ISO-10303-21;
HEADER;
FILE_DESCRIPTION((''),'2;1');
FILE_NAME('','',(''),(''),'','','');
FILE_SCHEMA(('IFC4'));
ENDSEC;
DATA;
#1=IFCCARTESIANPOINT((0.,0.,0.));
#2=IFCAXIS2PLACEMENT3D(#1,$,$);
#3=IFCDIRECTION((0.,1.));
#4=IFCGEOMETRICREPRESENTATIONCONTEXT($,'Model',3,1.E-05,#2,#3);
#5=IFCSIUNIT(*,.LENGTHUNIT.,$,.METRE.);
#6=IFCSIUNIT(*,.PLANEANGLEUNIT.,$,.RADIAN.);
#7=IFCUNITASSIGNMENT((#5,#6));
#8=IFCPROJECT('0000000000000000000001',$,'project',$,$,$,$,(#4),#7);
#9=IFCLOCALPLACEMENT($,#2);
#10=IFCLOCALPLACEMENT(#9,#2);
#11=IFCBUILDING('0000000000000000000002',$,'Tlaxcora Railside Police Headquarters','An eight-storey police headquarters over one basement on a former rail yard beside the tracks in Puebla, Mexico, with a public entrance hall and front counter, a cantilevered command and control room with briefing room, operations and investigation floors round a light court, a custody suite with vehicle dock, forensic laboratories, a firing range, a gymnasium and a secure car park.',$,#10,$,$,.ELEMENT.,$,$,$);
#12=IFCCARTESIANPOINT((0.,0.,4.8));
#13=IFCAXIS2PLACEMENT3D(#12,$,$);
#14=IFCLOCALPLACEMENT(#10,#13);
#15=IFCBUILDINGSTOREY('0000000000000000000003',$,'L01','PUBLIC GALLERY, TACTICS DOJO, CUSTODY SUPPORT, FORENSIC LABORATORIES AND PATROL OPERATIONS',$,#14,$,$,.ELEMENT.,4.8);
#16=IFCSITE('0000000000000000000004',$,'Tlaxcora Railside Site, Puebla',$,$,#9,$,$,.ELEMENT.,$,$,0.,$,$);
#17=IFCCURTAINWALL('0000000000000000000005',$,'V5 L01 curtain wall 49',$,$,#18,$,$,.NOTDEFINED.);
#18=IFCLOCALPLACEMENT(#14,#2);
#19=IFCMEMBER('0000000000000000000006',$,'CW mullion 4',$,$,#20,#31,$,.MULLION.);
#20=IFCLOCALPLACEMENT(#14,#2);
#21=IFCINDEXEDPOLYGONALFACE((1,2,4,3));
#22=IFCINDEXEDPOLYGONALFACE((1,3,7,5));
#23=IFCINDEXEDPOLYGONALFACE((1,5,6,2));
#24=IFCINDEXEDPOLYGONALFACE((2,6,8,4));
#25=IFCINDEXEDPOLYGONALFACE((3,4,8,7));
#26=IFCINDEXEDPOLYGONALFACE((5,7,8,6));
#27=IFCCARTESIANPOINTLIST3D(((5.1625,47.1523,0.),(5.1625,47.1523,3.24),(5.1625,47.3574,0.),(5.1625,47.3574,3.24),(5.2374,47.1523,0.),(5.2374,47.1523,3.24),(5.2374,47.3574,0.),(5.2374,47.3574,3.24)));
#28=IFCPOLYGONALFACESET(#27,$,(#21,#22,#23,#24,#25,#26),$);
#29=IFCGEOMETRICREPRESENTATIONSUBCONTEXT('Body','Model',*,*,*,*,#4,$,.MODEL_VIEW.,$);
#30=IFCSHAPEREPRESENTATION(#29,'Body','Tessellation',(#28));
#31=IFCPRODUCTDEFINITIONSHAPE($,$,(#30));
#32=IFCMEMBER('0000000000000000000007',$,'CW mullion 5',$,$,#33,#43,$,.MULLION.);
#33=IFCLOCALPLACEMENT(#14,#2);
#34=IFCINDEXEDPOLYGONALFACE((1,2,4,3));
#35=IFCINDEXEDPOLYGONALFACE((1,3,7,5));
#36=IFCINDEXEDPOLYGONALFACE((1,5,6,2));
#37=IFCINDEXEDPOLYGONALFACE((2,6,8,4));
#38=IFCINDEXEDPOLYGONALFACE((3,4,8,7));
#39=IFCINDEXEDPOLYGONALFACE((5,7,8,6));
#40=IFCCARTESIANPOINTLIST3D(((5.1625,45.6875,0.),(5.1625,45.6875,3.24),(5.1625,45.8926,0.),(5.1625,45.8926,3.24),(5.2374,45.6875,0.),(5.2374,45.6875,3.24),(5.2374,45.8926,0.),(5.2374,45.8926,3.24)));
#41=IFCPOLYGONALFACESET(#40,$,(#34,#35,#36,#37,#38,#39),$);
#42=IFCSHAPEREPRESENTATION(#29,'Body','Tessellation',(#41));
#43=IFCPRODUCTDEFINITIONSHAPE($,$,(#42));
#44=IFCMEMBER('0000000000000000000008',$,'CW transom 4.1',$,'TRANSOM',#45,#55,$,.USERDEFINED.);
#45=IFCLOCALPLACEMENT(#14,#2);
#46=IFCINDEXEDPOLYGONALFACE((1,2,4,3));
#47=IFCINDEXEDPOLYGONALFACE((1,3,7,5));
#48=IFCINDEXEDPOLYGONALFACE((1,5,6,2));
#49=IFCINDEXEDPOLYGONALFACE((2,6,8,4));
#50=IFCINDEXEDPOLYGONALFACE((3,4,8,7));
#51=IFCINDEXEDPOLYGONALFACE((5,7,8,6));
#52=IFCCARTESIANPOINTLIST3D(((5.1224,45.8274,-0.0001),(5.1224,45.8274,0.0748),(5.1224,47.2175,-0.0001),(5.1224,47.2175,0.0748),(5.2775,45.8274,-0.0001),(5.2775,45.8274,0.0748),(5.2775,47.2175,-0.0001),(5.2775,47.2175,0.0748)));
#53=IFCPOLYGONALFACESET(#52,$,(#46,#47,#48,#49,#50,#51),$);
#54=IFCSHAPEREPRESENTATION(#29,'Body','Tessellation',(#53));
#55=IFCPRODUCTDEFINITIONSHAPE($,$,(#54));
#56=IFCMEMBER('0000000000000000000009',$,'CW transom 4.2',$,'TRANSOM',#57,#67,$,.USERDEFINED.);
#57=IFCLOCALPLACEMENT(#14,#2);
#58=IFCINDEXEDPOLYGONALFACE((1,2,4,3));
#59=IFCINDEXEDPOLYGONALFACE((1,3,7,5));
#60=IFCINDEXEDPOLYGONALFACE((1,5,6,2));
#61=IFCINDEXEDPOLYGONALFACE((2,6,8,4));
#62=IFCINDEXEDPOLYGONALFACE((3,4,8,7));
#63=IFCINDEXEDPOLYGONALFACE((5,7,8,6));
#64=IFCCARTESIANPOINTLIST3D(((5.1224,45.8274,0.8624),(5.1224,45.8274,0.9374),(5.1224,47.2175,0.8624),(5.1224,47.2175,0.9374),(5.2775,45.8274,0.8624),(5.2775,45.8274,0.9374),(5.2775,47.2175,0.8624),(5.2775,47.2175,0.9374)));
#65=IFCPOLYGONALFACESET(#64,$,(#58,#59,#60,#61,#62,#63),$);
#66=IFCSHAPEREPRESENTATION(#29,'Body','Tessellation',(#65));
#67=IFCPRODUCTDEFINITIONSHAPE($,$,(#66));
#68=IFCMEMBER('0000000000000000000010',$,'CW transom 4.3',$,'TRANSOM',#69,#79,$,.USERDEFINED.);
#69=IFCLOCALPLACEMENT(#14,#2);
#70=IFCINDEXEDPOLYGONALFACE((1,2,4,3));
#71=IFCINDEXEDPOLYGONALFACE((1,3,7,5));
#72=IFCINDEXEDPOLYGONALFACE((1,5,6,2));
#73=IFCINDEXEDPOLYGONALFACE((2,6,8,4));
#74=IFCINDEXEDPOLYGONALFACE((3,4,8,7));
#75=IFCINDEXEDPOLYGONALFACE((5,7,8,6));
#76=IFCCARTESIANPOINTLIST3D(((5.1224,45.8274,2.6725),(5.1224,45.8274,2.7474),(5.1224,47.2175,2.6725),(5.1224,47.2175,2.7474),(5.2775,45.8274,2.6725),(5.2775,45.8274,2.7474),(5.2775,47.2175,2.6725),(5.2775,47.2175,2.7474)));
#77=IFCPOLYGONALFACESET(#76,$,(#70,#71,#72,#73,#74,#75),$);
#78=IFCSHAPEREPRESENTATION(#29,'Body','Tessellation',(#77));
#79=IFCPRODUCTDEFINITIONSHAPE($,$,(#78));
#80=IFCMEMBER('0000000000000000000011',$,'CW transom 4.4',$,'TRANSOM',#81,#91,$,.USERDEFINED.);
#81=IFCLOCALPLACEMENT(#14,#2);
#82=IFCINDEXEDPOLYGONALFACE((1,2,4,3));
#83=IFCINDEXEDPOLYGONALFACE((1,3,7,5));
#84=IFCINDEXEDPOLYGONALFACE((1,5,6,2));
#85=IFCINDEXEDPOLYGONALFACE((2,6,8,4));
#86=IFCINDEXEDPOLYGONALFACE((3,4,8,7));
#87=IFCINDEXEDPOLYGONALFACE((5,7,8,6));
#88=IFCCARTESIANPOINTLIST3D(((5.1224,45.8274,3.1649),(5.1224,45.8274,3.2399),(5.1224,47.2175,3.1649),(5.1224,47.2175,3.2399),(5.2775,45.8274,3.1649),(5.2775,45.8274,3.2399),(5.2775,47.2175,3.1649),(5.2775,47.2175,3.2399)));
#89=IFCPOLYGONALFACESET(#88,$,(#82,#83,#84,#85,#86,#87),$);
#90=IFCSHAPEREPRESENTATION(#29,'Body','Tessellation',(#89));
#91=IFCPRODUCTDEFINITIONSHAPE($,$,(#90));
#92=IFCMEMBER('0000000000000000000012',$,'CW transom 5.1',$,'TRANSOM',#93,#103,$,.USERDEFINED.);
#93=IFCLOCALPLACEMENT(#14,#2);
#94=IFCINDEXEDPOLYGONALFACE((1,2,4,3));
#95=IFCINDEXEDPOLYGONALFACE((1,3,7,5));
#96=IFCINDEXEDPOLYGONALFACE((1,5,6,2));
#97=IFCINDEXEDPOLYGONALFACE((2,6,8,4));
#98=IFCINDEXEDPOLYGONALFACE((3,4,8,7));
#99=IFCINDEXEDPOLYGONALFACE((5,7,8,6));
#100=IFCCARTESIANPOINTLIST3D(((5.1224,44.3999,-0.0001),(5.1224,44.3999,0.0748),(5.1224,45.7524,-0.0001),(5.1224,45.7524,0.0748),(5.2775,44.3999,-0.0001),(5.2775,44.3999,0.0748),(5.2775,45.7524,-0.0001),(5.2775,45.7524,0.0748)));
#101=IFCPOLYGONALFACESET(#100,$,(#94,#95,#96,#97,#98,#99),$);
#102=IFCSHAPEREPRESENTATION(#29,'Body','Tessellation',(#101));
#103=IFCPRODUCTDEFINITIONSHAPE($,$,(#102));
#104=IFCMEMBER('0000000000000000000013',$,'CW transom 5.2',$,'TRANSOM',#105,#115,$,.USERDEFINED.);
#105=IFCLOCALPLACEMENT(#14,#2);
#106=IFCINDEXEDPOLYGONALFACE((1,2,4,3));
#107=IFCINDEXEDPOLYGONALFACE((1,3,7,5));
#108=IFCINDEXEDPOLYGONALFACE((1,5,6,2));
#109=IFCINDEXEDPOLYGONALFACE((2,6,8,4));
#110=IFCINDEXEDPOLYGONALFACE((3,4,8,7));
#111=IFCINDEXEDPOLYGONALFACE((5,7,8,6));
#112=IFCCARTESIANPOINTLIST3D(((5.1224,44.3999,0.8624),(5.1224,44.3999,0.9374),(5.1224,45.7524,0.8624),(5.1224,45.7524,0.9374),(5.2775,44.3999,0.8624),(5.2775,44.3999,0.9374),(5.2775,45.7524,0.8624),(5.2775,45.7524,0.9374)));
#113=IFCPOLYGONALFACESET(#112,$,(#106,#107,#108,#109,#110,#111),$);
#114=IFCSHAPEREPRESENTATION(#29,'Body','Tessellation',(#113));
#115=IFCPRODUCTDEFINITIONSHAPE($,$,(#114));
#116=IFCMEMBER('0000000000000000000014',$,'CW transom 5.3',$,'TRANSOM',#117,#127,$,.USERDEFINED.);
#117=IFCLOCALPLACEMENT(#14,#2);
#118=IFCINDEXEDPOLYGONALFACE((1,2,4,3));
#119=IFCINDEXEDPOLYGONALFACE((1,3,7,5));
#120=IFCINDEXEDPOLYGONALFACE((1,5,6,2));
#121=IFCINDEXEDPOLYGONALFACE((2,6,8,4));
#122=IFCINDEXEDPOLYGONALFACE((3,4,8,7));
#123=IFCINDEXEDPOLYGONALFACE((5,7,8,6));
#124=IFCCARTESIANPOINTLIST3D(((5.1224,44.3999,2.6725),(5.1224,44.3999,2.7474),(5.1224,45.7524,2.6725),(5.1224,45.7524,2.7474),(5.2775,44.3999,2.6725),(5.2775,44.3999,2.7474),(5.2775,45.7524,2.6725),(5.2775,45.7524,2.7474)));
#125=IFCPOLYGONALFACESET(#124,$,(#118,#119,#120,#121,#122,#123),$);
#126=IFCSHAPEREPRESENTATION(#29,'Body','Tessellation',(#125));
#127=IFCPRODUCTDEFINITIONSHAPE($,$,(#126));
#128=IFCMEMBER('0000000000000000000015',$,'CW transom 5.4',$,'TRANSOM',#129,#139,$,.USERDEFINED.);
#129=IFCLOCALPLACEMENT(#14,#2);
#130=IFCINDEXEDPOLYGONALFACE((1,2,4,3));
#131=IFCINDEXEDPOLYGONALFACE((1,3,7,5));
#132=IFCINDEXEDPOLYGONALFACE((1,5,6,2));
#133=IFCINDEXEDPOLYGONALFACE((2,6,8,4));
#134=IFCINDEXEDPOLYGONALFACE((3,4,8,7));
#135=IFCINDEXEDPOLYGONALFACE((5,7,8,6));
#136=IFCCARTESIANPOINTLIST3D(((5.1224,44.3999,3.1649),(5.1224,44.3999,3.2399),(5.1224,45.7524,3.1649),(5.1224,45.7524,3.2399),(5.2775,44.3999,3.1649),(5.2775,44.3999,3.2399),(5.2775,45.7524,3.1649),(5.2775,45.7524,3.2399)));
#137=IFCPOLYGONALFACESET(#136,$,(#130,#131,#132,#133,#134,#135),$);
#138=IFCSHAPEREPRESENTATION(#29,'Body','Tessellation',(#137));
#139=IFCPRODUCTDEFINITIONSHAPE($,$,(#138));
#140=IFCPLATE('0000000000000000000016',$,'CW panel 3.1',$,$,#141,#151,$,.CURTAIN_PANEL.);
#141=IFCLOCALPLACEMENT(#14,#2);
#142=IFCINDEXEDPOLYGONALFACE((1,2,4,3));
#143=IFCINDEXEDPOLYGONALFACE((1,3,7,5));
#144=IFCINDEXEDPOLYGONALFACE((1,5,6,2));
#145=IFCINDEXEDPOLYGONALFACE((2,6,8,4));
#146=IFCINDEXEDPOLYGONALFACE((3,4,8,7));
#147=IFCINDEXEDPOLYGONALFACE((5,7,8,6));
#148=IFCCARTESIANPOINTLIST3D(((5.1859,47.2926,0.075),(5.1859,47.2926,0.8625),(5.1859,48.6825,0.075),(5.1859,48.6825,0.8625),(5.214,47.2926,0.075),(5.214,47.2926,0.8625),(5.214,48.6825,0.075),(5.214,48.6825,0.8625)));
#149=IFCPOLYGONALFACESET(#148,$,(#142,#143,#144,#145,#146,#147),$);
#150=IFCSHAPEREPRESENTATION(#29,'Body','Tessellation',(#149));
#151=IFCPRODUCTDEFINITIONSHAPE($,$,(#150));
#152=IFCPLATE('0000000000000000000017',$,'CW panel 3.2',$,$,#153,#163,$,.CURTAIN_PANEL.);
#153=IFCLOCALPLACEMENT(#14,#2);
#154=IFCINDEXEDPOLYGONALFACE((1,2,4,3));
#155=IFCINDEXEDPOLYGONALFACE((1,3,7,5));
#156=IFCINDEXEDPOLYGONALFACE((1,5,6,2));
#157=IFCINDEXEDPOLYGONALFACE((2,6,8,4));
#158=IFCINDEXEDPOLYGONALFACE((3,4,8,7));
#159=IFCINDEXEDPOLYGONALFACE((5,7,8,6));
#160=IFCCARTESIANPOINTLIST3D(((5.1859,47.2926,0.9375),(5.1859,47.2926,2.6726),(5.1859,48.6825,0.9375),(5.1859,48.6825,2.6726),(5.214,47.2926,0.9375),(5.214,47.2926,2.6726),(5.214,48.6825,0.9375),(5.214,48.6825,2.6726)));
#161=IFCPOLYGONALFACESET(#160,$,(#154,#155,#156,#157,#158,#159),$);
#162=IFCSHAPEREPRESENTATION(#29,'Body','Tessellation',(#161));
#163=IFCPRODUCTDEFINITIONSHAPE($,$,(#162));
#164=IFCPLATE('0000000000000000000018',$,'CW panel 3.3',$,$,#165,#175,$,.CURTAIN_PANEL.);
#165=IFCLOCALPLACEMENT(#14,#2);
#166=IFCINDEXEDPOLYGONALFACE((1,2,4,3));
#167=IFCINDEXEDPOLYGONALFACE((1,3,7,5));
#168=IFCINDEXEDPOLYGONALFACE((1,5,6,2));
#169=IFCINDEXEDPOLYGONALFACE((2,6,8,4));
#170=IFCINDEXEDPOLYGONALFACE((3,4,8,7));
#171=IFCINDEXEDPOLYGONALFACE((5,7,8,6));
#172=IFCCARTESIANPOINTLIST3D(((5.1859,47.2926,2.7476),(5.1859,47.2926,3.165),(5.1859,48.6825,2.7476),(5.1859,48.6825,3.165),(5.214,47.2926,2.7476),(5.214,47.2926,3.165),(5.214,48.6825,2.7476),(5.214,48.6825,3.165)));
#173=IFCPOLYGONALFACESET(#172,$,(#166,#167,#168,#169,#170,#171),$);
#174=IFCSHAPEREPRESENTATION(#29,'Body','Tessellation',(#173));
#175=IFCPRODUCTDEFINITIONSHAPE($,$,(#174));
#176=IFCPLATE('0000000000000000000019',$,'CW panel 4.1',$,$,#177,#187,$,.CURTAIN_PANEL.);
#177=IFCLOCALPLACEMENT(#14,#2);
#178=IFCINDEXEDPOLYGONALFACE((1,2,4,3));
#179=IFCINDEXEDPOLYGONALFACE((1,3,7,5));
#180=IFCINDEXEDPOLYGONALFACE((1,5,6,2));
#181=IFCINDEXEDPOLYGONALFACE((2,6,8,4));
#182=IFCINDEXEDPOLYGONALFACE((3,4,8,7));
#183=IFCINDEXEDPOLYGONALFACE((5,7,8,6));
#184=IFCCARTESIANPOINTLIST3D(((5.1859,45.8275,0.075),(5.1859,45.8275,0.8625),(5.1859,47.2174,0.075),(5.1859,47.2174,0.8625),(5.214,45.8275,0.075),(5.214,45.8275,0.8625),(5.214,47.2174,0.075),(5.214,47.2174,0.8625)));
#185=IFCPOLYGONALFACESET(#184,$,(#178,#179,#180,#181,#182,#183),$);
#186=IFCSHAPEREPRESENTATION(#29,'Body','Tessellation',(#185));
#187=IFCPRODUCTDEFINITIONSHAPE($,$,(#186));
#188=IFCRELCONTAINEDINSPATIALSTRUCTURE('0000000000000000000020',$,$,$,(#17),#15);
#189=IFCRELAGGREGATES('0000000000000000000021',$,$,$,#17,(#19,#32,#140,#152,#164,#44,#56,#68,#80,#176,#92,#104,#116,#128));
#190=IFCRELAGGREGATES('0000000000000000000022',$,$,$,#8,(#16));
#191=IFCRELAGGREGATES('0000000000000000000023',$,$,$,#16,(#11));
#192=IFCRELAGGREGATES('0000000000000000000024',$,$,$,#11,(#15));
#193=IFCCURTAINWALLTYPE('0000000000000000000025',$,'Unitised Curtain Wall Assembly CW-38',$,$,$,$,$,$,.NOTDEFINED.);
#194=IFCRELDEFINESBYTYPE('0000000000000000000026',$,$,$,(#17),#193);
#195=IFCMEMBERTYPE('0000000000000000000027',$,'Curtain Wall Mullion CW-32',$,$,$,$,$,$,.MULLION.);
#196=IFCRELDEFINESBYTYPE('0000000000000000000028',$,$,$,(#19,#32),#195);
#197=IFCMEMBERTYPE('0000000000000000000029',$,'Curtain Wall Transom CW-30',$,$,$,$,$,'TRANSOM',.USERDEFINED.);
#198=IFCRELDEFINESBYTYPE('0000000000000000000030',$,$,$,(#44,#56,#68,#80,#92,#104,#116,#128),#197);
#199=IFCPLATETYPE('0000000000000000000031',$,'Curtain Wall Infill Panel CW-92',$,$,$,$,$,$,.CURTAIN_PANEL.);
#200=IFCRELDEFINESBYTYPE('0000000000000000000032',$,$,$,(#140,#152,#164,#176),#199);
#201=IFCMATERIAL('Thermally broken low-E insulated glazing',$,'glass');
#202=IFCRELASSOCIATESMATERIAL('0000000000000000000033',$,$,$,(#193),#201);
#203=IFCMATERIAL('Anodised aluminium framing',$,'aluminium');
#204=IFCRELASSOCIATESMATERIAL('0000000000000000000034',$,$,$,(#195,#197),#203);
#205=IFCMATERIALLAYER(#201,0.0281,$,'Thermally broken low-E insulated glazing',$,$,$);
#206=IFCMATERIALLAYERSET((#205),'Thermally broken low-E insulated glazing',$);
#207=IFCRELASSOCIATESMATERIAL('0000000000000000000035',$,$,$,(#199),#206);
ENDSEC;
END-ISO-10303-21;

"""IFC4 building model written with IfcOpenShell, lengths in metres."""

from ifc_helpers import new_model, si_unit, direction, frame, origin, origin_2d, place, context, subcontext, project, spatial, rectangle, extrude, material, layer, layer_set, material_profile, profile_set, type_object, element, aggregate, save


model = new_model("IFC4")

# Units and contexts
model_context = context("Model", 3, precision=1e-05, world=origin(), true_north=direction((0.0, 1.0)))
body_context = subcontext(model_context, "Body", "Model", "MODEL_VIEW")
ifc_project = project(units=[si_unit("LENGTHUNIT", "METRE"), si_unit("PLANEANGLEUNIT", "RADIAN")], contexts=[model_context])

# Site, building, storey
site_placement = place(None, origin())
site = spatial("IfcSite", under=ifc_project, at=site_placement, Name="Tlaxcora Railside Site, Puebla", CompositionType="ELEMENT", RefElevation=0.0)
building_placement = place(site_placement, origin())
building = spatial("IfcBuilding", under=site, at=building_placement, Name="Tlaxcora Railside Police Headquarters", Description="An eight-storey police headquarters over one basement on a former rail yard beside the tracks in Puebla, Mexico, with a public entrance hall and front counter, a cantilevered command and control room with briefing room, operations and investigation floors round a light court, a custody suite with vehicle dock, forensic laboratories, a firing range, a gymnasium and a secure car park.", CompositionType="ELEMENT")
storey_placement = place(building_placement, frame((0.0, 0.0, 4.8)))
storey = spatial("IfcBuildingStorey", under=building, at=storey_placement, Name="L01", Description="PUBLIC GALLERY, TACTICS DOJO, CUSTODY SUPPORT, FORENSIC LABORATORIES AND PATROL OPERATIONS", CompositionType="ELEMENT", Elevation=4.8)

# Curtain wall, members, plates
ifc_material_1 = material(Name="Thermally broken low-E insulated glazing", Category="glass")
curtain_wall_type = type_object("IfcCurtainWallType", Name="Unitised Curtain Wall Assembly CW-38", PredefinedType="NOTDEFINED", material=ifc_material_1)
curtain_wall_placement = place(storey_placement, origin())
curtain_wall = element("IfcCurtainWall", 1, at=curtain_wall_placement, inside=storey, type_object=curtain_wall_type, Name="V5 L01 curtain wall 49", PredefinedType="NOTDEFINED")
ifc_material_2 = material(Name="Anodised aluminium framing", Category="aluminium")
ifc_material_profile_1 = material_profile(ifc_material_2, rectangle(XDim=0.075, YDim=0.2051, at=origin_2d()), Name="AL75X205")
ifc_profile_set_1 = profile_set([ifc_material_profile_1], Name="Anodised aluminium framing")
member_type_1 = type_object("IfcMemberType", Name="Curtain Wall Mullion CW-32", PredefinedType="MULLION", material=ifc_profile_set_1)
member_1_placement = place(storey_placement, frame((5.2, 47.2549, 0.0), z_axis=(0.0, 0.0, 1.0), x_axis=(1.0, 0.0, 0.0)))
member_1 = element("IfcMember", 2, at=member_1_placement, type_object=member_type_1, Name="CW mullion 4", PredefinedType="MULLION", context=body_context, shape_type="SweptSolid", body=[
    extrude(rectangle(XDim=0.075, YDim=0.2051, at=origin_2d()), origin(), (0.0, 0.0, 1.0), 3.24),
])
member_2_placement = place(storey_placement, frame((5.2, 45.79, 0.0), z_axis=(0.0, 0.0, 1.0), x_axis=(1.0, 0.0, 0.0)))
member_2 = element("IfcMember", 3, at=member_2_placement, type_object=member_type_1, Name="CW mullion 5", PredefinedType="MULLION", context=body_context, shape_type="SweptSolid", body=[
    extrude(rectangle(XDim=0.075, YDim=0.2051, at=origin_2d()), origin(), (0.0, 0.0, 1.0), 3.24),
])
ifc_material_profile_2 = material_profile(ifc_material_2, rectangle(XDim=0.155, YDim=0.075, at=origin_2d()), Name="AL75X155")
ifc_profile_set_2 = profile_set([ifc_material_profile_2], Name="Anodised aluminium framing")
member_type_2 = type_object("IfcMemberType", Name="Curtain Wall Transom CW-30", ElementType="TRANSOM", PredefinedType="USERDEFINED", material=ifc_profile_set_2)
member_3_placement = place(storey_placement, frame((5.2, 47.2175, 0.0374), z_axis=(0.0, -1.0, 0.0), x_axis=(1.0, 0.0, 0.0)))
member_3 = element("IfcMember", 4, at=member_3_placement, type_object=member_type_2, Name="CW transom 4.1", ObjectType="TRANSOM", PredefinedType="USERDEFINED", context=body_context, shape_type="SweptSolid", body=[
    extrude(rectangle(XDim=0.155, YDim=0.075, at=origin_2d()), origin(), (0.0, 0.0, 1.0), 1.3901),
])
member_4_placement = place(storey_placement, frame((5.2, 47.2175, 0.8999), z_axis=(0.0, -1.0, 0.0), x_axis=(1.0, 0.0, 0.0)))
member_4 = element("IfcMember", 5, at=member_4_placement, type_object=member_type_2, Name="CW transom 4.2", ObjectType="TRANSOM", PredefinedType="USERDEFINED", context=body_context, shape_type="SweptSolid", body=[
    extrude(rectangle(XDim=0.155, YDim=0.075, at=origin_2d()), origin(), (0.0, 0.0, 1.0), 1.3901),
])
member_5_placement = place(storey_placement, frame((5.2, 47.2175, 2.71), z_axis=(0.0, -1.0, 0.0), x_axis=(1.0, 0.0, 0.0)))
member_5 = element("IfcMember", 6, at=member_5_placement, type_object=member_type_2, Name="CW transom 4.3", ObjectType="TRANSOM", PredefinedType="USERDEFINED", context=body_context, shape_type="SweptSolid", body=[
    extrude(rectangle(XDim=0.155, YDim=0.075, at=origin_2d()), origin(), (0.0, 0.0, 1.0), 1.3901),
])
member_6_placement = place(storey_placement, frame((5.2, 47.2175, 3.2024), z_axis=(0.0, -1.0, 0.0), x_axis=(1.0, 0.0, 0.0)))
member_6 = element("IfcMember", 7, at=member_6_placement, type_object=member_type_2, Name="CW transom 4.4", ObjectType="TRANSOM", PredefinedType="USERDEFINED", context=body_context, shape_type="SweptSolid", body=[
    extrude(rectangle(XDim=0.155, YDim=0.075, at=origin_2d()), origin(), (0.0, 0.0, 1.0), 1.3901),
])
member_7_placement = place(storey_placement, frame((5.2, 45.7524, 0.0374), z_axis=(0.0, -1.0, 0.0), x_axis=(1.0, 0.0, 0.0)))
member_7 = element("IfcMember", 8, at=member_7_placement, type_object=member_type_2, Name="CW transom 5.1", ObjectType="TRANSOM", PredefinedType="USERDEFINED", context=body_context, shape_type="SweptSolid", body=[
    extrude(rectangle(XDim=0.155, YDim=0.075, at=origin_2d()), origin(), (0.0, 0.0, 1.0), 1.3525),
])
member_8_placement = place(storey_placement, frame((5.2, 45.7524, 0.8999), z_axis=(0.0, -1.0, 0.0), x_axis=(1.0, 0.0, 0.0)))
member_8 = element("IfcMember", 9, at=member_8_placement, type_object=member_type_2, Name="CW transom 5.2", ObjectType="TRANSOM", PredefinedType="USERDEFINED", context=body_context, shape_type="SweptSolid", body=[
    extrude(rectangle(XDim=0.155, YDim=0.075, at=origin_2d()), origin(), (0.0, 0.0, 1.0), 1.3525),
])
member_9_placement = place(storey_placement, frame((5.2, 45.7524, 2.71), z_axis=(0.0, -1.0, 0.0), x_axis=(1.0, 0.0, 0.0)))
member_9 = element("IfcMember", 10, at=member_9_placement, type_object=member_type_2, Name="CW transom 5.3", ObjectType="TRANSOM", PredefinedType="USERDEFINED", context=body_context, shape_type="SweptSolid", body=[
    extrude(rectangle(XDim=0.155, YDim=0.075, at=origin_2d()), origin(), (0.0, 0.0, 1.0), 1.3525),
])
member_10_placement = place(storey_placement, frame((5.2, 45.7524, 3.2024), z_axis=(0.0, -1.0, 0.0), x_axis=(1.0, 0.0, 0.0)))
member_10 = element("IfcMember", 11, at=member_10_placement, type_object=member_type_2, Name="CW transom 5.4", ObjectType="TRANSOM", PredefinedType="USERDEFINED", context=body_context, shape_type="SweptSolid", body=[
    extrude(rectangle(XDim=0.155, YDim=0.075, at=origin_2d()), origin(), (0.0, 0.0, 1.0), 1.3525),
])
ifc_layer_1 = layer(ifc_material_1, 0.0281, Name="Thermally broken low-E insulated glazing")
ifc_layer_set_1 = layer_set([ifc_layer_1], Name="Thermally broken low-E insulated glazing")
plate_type = type_object("IfcPlateType", Name="Curtain Wall Infill Panel CW-92", PredefinedType="CURTAIN_PANEL", material=ifc_layer_set_1)
plate_1_placement = place(storey_placement, frame((5.2, 47.9875, 0.075), z_axis=(0.0, 0.0, 1.0), x_axis=(0.0, -1.0, 0.0)))
plate_1 = element("IfcPlate", 12, at=plate_1_placement, type_object=plate_type, Name="CW panel 3.1", PredefinedType="CURTAIN_PANEL", context=body_context, shape_type="SweptSolid", body=[
    extrude(rectangle(XDim=1.3899, YDim=0.0281, at=origin_2d()), origin(), (0.0, 0.0, 1.0), 0.7876),
])
plate_2_placement = place(storey_placement, frame((5.2, 47.9875, 0.9375), z_axis=(0.0, 0.0, 1.0), x_axis=(0.0, -1.0, 0.0)))
plate_2 = element("IfcPlate", 13, at=plate_2_placement, type_object=plate_type, Name="CW panel 3.2", PredefinedType="CURTAIN_PANEL", context=body_context, shape_type="SweptSolid", body=[
    extrude(rectangle(XDim=1.3899, YDim=0.0281, at=origin_2d()), origin(), (0.0, 0.0, 1.0), 1.7351),
])
plate_3_placement = place(storey_placement, frame((5.2, 47.9875, 2.7476), z_axis=(0.0, 0.0, 1.0), x_axis=(0.0, -1.0, 0.0)))
plate_3 = element("IfcPlate", 14, at=plate_3_placement, type_object=plate_type, Name="CW panel 3.3", PredefinedType="CURTAIN_PANEL", context=body_context, shape_type="SweptSolid", body=[
    extrude(rectangle(XDim=1.3899, YDim=0.0281, at=origin_2d()), origin(), (0.0, 0.0, 1.0), 0.4175),
])
plate_4_placement = place(storey_placement, frame((5.2, 46.5225, 0.075), z_axis=(0.0, 0.0, 1.0), x_axis=(0.0, -1.0, 0.0)))
plate_4 = element("IfcPlate", 15, at=plate_4_placement, type_object=plate_type, Name="CW panel 4.1", PredefinedType="CURTAIN_PANEL", context=body_context, shape_type="SweptSolid", body=[
    extrude(rectangle(XDim=1.3899, YDim=0.0281, at=origin_2d()), origin(), (0.0, 0.0, 1.0), 0.7876),
])
aggregate(curtain_wall, [member_1, member_2, plate_1, plate_2, plate_3, member_3, member_4, member_5, member_6, plate_4, member_7, member_8, member_9, member_10])

save(model, "model.ifc")
